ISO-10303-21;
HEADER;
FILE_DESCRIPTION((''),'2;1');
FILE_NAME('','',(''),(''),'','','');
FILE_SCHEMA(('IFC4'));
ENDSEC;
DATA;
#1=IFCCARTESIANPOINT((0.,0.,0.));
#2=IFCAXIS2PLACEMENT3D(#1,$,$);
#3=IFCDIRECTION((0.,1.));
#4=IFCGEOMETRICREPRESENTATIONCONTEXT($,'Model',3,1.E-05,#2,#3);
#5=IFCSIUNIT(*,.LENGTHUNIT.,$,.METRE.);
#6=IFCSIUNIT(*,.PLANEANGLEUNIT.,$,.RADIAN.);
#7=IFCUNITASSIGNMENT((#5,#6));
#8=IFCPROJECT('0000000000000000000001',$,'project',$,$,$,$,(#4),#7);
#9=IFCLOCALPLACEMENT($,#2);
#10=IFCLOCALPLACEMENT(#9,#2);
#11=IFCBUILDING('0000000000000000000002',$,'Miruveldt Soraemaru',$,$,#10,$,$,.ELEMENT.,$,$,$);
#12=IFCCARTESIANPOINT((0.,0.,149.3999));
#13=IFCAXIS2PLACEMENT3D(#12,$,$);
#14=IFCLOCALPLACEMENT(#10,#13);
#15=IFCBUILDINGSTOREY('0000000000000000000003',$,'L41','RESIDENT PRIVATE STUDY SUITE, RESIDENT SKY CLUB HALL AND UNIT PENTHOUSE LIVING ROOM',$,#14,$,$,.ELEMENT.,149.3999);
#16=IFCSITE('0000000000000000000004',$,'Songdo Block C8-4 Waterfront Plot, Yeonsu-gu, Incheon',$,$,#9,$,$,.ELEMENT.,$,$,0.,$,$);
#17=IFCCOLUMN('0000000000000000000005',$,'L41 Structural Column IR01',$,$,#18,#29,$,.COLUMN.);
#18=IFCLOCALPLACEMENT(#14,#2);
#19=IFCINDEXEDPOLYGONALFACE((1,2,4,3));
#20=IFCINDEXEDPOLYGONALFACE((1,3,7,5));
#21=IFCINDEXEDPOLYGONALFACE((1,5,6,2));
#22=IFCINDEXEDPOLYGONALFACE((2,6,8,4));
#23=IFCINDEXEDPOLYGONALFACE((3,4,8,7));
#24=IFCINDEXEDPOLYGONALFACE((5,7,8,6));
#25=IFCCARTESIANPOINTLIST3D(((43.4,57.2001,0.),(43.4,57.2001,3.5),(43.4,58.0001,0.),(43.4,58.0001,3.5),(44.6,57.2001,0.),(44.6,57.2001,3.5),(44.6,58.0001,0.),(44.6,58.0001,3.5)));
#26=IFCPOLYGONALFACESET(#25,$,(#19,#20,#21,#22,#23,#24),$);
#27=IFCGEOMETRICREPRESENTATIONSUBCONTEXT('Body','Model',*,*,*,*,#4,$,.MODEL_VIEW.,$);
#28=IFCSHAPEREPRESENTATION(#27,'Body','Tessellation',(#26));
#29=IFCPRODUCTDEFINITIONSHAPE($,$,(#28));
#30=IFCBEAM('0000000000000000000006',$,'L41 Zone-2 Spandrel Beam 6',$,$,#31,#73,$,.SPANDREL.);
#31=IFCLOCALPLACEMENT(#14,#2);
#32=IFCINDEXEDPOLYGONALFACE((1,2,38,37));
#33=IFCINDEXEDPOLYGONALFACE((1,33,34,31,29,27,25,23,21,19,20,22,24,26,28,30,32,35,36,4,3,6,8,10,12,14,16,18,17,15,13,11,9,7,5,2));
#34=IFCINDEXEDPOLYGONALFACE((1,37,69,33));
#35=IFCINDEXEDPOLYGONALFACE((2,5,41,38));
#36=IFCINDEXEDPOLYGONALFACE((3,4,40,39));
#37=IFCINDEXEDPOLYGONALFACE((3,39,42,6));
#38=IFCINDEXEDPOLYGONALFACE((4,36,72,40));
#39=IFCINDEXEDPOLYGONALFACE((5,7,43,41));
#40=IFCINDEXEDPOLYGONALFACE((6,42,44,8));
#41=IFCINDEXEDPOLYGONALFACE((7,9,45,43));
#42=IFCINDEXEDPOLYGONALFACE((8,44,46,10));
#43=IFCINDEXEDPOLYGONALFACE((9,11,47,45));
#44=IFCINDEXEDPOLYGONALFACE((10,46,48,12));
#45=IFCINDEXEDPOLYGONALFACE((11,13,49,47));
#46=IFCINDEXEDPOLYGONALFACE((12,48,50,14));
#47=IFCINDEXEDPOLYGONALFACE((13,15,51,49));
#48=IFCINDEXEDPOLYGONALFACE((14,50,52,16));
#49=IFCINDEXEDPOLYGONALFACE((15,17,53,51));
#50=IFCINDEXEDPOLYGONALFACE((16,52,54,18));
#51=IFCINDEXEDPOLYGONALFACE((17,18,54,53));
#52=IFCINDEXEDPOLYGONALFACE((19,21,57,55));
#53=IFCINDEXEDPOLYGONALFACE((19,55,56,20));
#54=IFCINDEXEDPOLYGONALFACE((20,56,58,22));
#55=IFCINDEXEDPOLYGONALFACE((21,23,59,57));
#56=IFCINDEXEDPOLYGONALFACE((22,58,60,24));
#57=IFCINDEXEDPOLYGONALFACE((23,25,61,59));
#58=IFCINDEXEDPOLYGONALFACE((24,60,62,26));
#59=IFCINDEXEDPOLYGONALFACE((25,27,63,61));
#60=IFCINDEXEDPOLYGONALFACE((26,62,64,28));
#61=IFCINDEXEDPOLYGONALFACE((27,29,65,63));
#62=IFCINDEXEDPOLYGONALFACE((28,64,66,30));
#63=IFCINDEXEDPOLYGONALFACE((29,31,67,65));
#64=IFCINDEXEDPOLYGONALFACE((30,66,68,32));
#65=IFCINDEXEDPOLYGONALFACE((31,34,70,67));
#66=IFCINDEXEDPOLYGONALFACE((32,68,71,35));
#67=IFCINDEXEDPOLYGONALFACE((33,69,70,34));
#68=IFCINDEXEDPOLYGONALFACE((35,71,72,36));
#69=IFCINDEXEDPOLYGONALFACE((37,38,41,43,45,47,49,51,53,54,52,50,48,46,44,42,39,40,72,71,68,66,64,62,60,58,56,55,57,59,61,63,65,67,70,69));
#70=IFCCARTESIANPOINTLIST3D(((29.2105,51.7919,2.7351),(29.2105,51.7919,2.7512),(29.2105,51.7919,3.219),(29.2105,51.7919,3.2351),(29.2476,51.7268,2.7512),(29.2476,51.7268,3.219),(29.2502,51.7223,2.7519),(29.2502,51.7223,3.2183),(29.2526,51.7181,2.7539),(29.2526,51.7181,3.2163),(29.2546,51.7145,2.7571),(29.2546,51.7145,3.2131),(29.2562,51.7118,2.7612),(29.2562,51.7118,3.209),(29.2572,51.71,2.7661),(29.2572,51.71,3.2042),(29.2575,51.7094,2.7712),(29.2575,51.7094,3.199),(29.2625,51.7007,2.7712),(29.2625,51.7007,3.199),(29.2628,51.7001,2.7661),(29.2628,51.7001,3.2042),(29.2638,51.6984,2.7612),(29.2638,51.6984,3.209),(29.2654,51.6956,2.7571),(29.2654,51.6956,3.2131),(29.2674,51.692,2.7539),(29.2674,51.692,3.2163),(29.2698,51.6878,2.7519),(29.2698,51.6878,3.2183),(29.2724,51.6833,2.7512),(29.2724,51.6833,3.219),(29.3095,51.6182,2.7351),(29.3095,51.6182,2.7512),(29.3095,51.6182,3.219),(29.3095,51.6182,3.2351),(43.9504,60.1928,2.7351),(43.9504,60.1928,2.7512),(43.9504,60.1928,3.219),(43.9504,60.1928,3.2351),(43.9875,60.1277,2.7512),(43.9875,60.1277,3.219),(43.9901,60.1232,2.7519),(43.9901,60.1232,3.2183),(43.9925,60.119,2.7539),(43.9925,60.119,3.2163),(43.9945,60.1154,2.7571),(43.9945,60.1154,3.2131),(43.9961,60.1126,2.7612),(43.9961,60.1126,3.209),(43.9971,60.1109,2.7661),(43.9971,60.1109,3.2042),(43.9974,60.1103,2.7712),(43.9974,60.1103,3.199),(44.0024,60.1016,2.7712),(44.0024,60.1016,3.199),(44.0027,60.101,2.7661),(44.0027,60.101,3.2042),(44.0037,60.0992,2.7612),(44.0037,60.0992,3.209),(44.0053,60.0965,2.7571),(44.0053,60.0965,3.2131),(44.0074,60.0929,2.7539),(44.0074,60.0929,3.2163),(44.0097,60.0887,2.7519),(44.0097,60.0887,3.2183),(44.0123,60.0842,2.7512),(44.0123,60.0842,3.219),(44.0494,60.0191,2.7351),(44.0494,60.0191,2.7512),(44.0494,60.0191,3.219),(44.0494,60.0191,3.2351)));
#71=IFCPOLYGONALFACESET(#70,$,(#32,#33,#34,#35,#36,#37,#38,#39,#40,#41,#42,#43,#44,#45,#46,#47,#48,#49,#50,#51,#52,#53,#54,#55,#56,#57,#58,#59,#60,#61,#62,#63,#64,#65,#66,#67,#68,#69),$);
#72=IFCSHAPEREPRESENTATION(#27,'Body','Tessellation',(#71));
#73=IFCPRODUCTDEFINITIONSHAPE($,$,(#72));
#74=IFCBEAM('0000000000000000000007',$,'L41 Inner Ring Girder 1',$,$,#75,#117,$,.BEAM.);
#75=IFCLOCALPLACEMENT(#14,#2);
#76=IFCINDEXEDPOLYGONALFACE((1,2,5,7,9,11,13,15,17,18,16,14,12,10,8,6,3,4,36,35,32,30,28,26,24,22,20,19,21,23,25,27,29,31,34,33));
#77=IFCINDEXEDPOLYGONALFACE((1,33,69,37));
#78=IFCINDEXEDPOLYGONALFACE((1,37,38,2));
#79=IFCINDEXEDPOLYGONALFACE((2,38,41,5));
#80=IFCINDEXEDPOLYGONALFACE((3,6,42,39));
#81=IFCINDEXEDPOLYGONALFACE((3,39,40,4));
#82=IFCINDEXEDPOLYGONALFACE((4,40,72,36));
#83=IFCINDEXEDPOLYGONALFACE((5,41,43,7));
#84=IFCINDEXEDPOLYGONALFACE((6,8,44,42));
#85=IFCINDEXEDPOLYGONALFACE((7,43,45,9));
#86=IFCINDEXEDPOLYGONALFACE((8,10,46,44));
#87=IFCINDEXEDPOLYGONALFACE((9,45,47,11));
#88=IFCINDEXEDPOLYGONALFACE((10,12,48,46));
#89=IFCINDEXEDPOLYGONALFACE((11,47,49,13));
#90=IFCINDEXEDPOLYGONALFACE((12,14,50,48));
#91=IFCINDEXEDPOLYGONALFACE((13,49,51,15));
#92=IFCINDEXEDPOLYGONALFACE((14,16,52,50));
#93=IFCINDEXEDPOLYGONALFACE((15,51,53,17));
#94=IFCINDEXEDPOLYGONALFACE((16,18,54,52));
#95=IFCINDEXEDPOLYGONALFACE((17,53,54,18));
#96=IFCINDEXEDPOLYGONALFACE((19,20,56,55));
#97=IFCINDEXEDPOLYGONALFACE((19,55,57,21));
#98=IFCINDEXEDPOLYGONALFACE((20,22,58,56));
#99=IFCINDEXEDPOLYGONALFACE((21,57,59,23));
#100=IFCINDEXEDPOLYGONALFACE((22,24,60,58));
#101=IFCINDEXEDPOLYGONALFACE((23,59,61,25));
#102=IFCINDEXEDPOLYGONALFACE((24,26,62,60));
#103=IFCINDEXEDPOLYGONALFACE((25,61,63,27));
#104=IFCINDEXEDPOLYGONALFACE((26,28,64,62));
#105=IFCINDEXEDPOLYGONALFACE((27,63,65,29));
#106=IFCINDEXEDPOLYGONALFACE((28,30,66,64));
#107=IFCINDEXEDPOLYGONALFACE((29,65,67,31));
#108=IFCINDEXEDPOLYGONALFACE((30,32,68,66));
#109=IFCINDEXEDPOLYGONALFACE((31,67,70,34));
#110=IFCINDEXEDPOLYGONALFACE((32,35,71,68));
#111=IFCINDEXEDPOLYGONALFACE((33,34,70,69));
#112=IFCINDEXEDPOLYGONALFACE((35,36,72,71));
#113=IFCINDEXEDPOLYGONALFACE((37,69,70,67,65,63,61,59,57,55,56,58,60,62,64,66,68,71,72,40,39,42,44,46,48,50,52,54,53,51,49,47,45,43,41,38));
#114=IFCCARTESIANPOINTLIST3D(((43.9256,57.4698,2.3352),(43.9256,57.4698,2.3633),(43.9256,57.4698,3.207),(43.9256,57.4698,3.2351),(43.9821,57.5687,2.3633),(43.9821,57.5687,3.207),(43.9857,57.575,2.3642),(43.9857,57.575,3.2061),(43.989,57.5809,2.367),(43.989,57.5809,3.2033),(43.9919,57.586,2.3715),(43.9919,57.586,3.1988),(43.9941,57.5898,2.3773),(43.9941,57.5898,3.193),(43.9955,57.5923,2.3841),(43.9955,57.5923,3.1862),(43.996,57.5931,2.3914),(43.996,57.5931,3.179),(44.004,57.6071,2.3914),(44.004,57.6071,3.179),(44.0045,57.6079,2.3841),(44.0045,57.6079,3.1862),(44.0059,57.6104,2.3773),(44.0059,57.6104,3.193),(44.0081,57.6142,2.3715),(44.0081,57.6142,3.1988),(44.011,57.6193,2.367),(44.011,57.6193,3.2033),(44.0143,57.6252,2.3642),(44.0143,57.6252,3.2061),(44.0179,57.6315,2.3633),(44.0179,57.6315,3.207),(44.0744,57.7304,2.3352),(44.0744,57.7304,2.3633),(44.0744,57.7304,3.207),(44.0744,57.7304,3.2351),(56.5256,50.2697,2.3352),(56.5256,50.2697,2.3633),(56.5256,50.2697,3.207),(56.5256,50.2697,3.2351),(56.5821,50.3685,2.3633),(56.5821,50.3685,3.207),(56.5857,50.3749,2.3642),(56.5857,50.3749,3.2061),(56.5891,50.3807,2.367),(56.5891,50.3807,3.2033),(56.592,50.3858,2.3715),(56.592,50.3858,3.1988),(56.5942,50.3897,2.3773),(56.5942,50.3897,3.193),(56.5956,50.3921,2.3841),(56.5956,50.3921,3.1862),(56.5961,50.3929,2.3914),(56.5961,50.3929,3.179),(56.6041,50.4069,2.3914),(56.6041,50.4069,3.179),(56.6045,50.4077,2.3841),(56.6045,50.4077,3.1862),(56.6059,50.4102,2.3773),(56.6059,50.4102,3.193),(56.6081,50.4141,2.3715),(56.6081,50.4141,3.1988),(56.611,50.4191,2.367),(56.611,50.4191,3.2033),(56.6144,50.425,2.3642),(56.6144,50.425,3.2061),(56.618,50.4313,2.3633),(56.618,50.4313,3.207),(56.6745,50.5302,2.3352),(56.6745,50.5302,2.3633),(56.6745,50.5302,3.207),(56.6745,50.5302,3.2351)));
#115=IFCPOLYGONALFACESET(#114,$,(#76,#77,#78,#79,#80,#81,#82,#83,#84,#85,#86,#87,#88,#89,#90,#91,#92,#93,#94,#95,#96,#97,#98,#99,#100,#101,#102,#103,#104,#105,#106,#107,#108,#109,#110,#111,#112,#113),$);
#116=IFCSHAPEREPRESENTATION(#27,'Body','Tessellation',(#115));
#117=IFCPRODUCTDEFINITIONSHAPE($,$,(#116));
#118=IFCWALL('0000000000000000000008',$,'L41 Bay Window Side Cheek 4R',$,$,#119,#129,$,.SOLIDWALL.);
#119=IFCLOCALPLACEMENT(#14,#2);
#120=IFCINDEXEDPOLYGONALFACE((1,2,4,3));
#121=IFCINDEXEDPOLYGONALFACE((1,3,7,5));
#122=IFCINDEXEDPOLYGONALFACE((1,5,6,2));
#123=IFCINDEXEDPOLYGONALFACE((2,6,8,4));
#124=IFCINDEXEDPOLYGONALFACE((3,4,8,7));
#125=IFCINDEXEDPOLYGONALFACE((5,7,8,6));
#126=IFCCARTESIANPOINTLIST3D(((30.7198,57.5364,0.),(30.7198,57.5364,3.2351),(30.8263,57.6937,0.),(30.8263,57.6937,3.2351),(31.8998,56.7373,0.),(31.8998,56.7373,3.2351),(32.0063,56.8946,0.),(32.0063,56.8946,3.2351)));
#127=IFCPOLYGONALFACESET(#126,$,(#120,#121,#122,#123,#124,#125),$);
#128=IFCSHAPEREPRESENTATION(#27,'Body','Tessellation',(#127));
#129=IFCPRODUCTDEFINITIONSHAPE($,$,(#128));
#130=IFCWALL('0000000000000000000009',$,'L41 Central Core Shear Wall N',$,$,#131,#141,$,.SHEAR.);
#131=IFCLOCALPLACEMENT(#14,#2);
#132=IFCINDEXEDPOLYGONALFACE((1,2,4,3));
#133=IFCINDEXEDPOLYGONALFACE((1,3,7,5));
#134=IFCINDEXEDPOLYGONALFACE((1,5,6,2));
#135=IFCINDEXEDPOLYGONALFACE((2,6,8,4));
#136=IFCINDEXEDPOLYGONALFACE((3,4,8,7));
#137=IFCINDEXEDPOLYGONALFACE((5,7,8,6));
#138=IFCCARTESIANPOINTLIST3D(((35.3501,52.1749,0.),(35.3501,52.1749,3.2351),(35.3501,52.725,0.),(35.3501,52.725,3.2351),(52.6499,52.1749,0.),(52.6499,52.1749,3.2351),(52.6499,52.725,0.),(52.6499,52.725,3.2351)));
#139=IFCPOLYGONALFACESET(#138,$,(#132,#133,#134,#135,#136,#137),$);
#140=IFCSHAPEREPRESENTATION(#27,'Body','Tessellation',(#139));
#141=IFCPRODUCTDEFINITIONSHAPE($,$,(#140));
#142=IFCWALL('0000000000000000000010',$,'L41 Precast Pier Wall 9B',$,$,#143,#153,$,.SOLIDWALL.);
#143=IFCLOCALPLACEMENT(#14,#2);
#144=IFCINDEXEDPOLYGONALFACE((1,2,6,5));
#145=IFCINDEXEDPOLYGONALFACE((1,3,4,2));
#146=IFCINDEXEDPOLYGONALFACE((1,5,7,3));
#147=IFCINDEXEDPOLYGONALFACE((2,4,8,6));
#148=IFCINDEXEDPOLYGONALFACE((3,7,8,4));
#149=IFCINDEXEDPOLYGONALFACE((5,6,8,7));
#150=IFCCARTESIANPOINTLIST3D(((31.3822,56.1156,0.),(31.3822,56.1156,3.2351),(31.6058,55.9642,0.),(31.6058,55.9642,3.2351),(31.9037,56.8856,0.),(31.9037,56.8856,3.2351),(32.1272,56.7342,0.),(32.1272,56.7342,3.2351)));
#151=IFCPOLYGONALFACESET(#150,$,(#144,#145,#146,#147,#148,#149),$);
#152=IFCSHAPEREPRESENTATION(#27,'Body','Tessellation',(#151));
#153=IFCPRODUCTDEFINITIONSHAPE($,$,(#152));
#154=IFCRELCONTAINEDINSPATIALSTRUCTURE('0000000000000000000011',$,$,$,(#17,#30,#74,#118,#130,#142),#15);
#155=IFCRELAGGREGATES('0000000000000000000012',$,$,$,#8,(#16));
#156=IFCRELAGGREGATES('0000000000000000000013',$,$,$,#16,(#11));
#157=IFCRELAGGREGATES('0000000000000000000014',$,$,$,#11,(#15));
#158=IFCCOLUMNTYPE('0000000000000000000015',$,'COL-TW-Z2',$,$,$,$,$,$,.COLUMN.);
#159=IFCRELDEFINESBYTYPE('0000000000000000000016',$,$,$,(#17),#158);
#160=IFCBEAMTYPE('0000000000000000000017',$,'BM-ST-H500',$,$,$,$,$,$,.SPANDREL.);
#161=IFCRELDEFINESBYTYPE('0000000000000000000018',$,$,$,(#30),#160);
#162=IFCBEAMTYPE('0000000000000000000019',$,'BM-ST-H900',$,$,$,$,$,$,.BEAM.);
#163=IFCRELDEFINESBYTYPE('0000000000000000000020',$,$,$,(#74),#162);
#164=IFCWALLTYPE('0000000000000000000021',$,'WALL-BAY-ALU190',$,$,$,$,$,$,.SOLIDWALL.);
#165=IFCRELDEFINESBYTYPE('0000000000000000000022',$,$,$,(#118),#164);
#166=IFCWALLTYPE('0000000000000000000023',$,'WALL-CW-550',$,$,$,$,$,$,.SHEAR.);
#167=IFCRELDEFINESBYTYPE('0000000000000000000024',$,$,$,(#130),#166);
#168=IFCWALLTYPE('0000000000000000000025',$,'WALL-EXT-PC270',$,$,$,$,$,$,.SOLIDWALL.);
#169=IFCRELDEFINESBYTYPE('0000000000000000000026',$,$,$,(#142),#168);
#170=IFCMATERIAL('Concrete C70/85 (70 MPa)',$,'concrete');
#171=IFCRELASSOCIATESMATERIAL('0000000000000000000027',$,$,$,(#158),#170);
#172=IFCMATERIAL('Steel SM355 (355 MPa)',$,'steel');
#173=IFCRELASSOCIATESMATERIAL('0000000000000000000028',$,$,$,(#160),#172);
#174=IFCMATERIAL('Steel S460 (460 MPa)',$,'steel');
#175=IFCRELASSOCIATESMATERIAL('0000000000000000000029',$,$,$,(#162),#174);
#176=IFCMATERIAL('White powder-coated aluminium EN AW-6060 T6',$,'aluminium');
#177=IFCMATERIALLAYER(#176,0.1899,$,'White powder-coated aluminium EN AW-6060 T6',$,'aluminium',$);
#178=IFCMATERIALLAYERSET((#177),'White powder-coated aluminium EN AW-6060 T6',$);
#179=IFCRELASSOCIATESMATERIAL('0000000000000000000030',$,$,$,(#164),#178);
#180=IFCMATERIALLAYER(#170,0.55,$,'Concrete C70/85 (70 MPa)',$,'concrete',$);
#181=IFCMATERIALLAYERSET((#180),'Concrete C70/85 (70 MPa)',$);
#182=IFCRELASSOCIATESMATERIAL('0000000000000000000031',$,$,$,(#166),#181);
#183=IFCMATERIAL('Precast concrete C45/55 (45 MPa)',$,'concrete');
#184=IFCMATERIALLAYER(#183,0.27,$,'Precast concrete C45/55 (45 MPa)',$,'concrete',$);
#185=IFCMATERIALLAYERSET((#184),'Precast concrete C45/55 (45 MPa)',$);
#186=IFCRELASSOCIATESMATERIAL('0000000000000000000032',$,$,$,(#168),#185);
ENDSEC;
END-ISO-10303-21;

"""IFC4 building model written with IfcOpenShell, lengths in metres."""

from ifc_helpers import new_model, si_unit, direction, frame, frame_2d, origin, origin_2d, place, context, subcontext, project, spatial, rectangle, i_section, extrude, material, layer, layer_set, material_profile, profile_set, type_object, element, save


model = new_model("IFC4")

# Units and contexts
model_context = context("Model", 3, precision=1e-05, world=origin(), true_north=direction((0.0, 1.0)))
body_context = subcontext(model_context, "Body", "Model", "MODEL_VIEW")
ifc_project = project(units=[si_unit("LENGTHUNIT", "METRE"), si_unit("PLANEANGLEUNIT", "RADIAN")], contexts=[model_context])

# Site, building, storey
site_placement = place(None, origin())
site = spatial("IfcSite", under=ifc_project, at=site_placement, Name="Songdo Block C8-4 Waterfront Plot, Yeonsu-gu, Incheon", CompositionType="ELEMENT", RefElevation=0.0)
building_placement = place(site_placement, origin())
building = spatial("IfcBuilding", under=site, at=building_placement, Name="Miruveldt Soraemaru", CompositionType="ELEMENT")
storey_placement = place(building_placement, frame((0.0, 0.0, 149.3999)))
storey = spatial("IfcBuildingStorey", under=building, at=storey_placement, Name="L41", Description="RESIDENT PRIVATE STUDY SUITE, RESIDENT SKY CLUB HALL AND UNIT PENTHOUSE LIVING ROOM", CompositionType="ELEMENT", Elevation=149.3999)

# Column
ifc_material_1 = material(Name="Concrete C70/85 (70 MPa)", Category="concrete")
ifc_material_profile_1 = material_profile(ifc_material_1, rectangle(XDim=1.2, YDim=0.8, at=origin_2d()), Name="Concrete C70/85 (70 MPa)", Category="concrete")
ifc_profile_set_1 = profile_set([ifc_material_profile_1], Name="Concrete C70/85 (70 MPa)")
column_type = type_object("IfcColumnType", Name="COL-TW-Z2", PredefinedType="COLUMN", material=ifc_profile_set_1)
column_placement = place(storey_placement, frame((44.0, 57.6001, 0.0), z_axis=(0.0, 0.0, 1.0), x_axis=(1.0, 0.0, 0.0)))
element("IfcColumn", 1, at=column_placement, inside=storey, type_object=column_type, Name="L41 Structural Column IR01", PredefinedType="COLUMN", context=body_context, shape_type="SweptSolid", body=[
    extrude(rectangle(XDim=1.2, YDim=0.8, at=origin_2d()), origin(), (0.0, 0.0, 1.0), 3.5),
])

# Beams
ifc_material_2 = material(Name="Steel SM355 (355 MPa)", Category="steel")
ifc_material_profile_2 = material_profile(ifc_material_2, i_section(OverallWidth=0.2, OverallDepth=0.5, WebThickness=0.01, FlangeThickness=0.0161, FilletRadius=0.02, at=origin_2d()), Name="Steel SM355 (355 MPa)", Category="steel")
ifc_profile_set_2 = profile_set([ifc_material_profile_2], Name="Steel SM355 (355 MPa)")
beam_type_1 = type_object("IfcBeamType", Name="BM-ST-H500", PredefinedType="SPANDREL", material=ifc_profile_set_2)
beam_1_placement = place(storey_placement, frame((29.26, 51.7051, 2.9851), z_axis=(0.8688, 0.495162, 0.0), x_axis=(-0.495162, 0.8688, 0.0)))
element("IfcBeam", 2, at=beam_1_placement, inside=storey, type_object=beam_type_1, Name="L41 Zone-2 Spandrel Beam 6", PredefinedType="SPANDREL", context=body_context, shape_type="SweptSolid", body=[
    extrude(i_section(OverallWidth=0.2, OverallDepth=0.5, WebThickness=0.01, FlangeThickness=0.0161, FilletRadius=0.02, at=origin_2d()), origin(), (0.0, 0.0, 1.0), 16.9658),
])
ifc_material_3 = material(Name="Steel S460 (460 MPa)", Category="steel")
ifc_material_profile_3 = material_profile(ifc_material_3, i_section(OverallWidth=0.3, OverallDepth=0.8999, WebThickness=0.0161, FlangeThickness=0.0281, FilletRadius=0.0281, at=origin_2d()), Name="Steel S460 (460 MPa)", Category="steel")
ifc_profile_set_3 = profile_set([ifc_material_profile_3], Name="Steel S460 (460 MPa)")
beam_type_2 = type_object("IfcBeamType", Name="BM-ST-H900", PredefinedType="BEAM", material=ifc_profile_set_3)
beam_2_placement = place(storey_placement, frame((44.0, 57.6001, 2.7852), z_axis=(0.868239, -0.496146, 0.0), x_axis=(0.496146, 0.868239, 0.0)))
element("IfcBeam", 3, at=beam_2_placement, inside=storey, type_object=beam_type_2, Name="L41 Inner Ring Girder 1", PredefinedType="BEAM", context=body_context, shape_type="SweptSolid", body=[
    extrude(i_section(OverallWidth=0.3, OverallDepth=0.8999, WebThickness=0.0161, FlangeThickness=0.0281, FilletRadius=0.0281, at=origin_2d()), origin(), (0.0, 0.0, 1.0), 14.5122),
])

# Walls
ifc_material_4 = material(Name="White powder-coated aluminium EN AW-6060 T6", Category="aluminium")
ifc_layer_1 = layer(ifc_material_4, 0.1899, Name="White powder-coated aluminium EN AW-6060 T6", Category="aluminium")
ifc_layer_set_1 = layer_set([ifc_layer_1], Name="White powder-coated aluminium EN AW-6060 T6")
wall_type_1 = type_object("IfcWallType", Name="WALL-BAY-ALU190", PredefinedType="SOLIDWALL", material=ifc_layer_set_1)
wall_1_placement = place(storey_placement, frame((30.7732, 57.615, 0.0), z_axis=(0.0, 0.0, 1.0), x_axis=(0.827996, -0.560734, 0.0)))
element("IfcWall", 4, at=wall_1_placement, inside=storey, type_object=wall_type_1, Name="L41 Bay Window Side Cheek 4R", PredefinedType="SOLIDWALL", context=body_context, shape_type="SweptSolid", body=[
    extrude(rectangle(XDim=1.425, YDim=0.1899, at=frame_2d((0.7124, 0.0))), origin(), (0.0, 0.0, 1.0), 3.2351),
])
ifc_layer_2 = layer(ifc_material_1, 0.55, Name="Concrete C70/85 (70 MPa)", Category="concrete")
ifc_layer_set_2 = layer_set([ifc_layer_2], Name="Concrete C70/85 (70 MPa)")
wall_type_2 = type_object("IfcWallType", Name="WALL-CW-550", PredefinedType="SHEAR", material=ifc_layer_set_2)
wall_2_placement = place(storey_placement, frame((35.3501, 52.45, 0.0), z_axis=(0.0, 0.0, 1.0), x_axis=(1.0, 0.0, 0.0)))
element("IfcWall", 5, at=wall_2_placement, inside=storey, type_object=wall_type_2, Name="L41 Central Core Shear Wall N", PredefinedType="SHEAR", context=body_context, shape_type="SweptSolid", body=[
    extrude(rectangle(XDim=17.2998, YDim=0.55, at=frame_2d((8.6499, 0.0))), origin(), (0.0, 0.0, 1.0), 3.2351),
])
ifc_material_5 = material(Name="Precast concrete C45/55 (45 MPa)", Category="concrete")
ifc_layer_3 = layer(ifc_material_5, 0.27, Name="Precast concrete C45/55 (45 MPa)", Category="concrete")
ifc_layer_set_3 = layer_set([ifc_layer_3], Name="Precast concrete C45/55 (45 MPa)")
wall_type_3 = type_object("IfcWallType", Name="WALL-EXT-PC270", PredefinedType="SOLIDWALL", material=ifc_layer_set_3)
wall_3_placement = place(storey_placement, frame((32.0154, 56.8098, 0.0), z_axis=(0.0, 0.0, 1.0), x_axis=(-0.560744, -0.827989, 0.0)))
element("IfcWall", 6, at=wall_3_placement, inside=storey, type_object=wall_type_3, Name="L41 Precast Pier Wall 9B", PredefinedType="SOLIDWALL", context=body_context, shape_type="SweptSolid", body=[
    extrude(rectangle(XDim=0.9299, YDim=0.27, at=frame_2d((0.4648, 0.0))), origin(), (0.0, 0.0, 1.0), 3.2351),
])

save(model, "model.ifc")
